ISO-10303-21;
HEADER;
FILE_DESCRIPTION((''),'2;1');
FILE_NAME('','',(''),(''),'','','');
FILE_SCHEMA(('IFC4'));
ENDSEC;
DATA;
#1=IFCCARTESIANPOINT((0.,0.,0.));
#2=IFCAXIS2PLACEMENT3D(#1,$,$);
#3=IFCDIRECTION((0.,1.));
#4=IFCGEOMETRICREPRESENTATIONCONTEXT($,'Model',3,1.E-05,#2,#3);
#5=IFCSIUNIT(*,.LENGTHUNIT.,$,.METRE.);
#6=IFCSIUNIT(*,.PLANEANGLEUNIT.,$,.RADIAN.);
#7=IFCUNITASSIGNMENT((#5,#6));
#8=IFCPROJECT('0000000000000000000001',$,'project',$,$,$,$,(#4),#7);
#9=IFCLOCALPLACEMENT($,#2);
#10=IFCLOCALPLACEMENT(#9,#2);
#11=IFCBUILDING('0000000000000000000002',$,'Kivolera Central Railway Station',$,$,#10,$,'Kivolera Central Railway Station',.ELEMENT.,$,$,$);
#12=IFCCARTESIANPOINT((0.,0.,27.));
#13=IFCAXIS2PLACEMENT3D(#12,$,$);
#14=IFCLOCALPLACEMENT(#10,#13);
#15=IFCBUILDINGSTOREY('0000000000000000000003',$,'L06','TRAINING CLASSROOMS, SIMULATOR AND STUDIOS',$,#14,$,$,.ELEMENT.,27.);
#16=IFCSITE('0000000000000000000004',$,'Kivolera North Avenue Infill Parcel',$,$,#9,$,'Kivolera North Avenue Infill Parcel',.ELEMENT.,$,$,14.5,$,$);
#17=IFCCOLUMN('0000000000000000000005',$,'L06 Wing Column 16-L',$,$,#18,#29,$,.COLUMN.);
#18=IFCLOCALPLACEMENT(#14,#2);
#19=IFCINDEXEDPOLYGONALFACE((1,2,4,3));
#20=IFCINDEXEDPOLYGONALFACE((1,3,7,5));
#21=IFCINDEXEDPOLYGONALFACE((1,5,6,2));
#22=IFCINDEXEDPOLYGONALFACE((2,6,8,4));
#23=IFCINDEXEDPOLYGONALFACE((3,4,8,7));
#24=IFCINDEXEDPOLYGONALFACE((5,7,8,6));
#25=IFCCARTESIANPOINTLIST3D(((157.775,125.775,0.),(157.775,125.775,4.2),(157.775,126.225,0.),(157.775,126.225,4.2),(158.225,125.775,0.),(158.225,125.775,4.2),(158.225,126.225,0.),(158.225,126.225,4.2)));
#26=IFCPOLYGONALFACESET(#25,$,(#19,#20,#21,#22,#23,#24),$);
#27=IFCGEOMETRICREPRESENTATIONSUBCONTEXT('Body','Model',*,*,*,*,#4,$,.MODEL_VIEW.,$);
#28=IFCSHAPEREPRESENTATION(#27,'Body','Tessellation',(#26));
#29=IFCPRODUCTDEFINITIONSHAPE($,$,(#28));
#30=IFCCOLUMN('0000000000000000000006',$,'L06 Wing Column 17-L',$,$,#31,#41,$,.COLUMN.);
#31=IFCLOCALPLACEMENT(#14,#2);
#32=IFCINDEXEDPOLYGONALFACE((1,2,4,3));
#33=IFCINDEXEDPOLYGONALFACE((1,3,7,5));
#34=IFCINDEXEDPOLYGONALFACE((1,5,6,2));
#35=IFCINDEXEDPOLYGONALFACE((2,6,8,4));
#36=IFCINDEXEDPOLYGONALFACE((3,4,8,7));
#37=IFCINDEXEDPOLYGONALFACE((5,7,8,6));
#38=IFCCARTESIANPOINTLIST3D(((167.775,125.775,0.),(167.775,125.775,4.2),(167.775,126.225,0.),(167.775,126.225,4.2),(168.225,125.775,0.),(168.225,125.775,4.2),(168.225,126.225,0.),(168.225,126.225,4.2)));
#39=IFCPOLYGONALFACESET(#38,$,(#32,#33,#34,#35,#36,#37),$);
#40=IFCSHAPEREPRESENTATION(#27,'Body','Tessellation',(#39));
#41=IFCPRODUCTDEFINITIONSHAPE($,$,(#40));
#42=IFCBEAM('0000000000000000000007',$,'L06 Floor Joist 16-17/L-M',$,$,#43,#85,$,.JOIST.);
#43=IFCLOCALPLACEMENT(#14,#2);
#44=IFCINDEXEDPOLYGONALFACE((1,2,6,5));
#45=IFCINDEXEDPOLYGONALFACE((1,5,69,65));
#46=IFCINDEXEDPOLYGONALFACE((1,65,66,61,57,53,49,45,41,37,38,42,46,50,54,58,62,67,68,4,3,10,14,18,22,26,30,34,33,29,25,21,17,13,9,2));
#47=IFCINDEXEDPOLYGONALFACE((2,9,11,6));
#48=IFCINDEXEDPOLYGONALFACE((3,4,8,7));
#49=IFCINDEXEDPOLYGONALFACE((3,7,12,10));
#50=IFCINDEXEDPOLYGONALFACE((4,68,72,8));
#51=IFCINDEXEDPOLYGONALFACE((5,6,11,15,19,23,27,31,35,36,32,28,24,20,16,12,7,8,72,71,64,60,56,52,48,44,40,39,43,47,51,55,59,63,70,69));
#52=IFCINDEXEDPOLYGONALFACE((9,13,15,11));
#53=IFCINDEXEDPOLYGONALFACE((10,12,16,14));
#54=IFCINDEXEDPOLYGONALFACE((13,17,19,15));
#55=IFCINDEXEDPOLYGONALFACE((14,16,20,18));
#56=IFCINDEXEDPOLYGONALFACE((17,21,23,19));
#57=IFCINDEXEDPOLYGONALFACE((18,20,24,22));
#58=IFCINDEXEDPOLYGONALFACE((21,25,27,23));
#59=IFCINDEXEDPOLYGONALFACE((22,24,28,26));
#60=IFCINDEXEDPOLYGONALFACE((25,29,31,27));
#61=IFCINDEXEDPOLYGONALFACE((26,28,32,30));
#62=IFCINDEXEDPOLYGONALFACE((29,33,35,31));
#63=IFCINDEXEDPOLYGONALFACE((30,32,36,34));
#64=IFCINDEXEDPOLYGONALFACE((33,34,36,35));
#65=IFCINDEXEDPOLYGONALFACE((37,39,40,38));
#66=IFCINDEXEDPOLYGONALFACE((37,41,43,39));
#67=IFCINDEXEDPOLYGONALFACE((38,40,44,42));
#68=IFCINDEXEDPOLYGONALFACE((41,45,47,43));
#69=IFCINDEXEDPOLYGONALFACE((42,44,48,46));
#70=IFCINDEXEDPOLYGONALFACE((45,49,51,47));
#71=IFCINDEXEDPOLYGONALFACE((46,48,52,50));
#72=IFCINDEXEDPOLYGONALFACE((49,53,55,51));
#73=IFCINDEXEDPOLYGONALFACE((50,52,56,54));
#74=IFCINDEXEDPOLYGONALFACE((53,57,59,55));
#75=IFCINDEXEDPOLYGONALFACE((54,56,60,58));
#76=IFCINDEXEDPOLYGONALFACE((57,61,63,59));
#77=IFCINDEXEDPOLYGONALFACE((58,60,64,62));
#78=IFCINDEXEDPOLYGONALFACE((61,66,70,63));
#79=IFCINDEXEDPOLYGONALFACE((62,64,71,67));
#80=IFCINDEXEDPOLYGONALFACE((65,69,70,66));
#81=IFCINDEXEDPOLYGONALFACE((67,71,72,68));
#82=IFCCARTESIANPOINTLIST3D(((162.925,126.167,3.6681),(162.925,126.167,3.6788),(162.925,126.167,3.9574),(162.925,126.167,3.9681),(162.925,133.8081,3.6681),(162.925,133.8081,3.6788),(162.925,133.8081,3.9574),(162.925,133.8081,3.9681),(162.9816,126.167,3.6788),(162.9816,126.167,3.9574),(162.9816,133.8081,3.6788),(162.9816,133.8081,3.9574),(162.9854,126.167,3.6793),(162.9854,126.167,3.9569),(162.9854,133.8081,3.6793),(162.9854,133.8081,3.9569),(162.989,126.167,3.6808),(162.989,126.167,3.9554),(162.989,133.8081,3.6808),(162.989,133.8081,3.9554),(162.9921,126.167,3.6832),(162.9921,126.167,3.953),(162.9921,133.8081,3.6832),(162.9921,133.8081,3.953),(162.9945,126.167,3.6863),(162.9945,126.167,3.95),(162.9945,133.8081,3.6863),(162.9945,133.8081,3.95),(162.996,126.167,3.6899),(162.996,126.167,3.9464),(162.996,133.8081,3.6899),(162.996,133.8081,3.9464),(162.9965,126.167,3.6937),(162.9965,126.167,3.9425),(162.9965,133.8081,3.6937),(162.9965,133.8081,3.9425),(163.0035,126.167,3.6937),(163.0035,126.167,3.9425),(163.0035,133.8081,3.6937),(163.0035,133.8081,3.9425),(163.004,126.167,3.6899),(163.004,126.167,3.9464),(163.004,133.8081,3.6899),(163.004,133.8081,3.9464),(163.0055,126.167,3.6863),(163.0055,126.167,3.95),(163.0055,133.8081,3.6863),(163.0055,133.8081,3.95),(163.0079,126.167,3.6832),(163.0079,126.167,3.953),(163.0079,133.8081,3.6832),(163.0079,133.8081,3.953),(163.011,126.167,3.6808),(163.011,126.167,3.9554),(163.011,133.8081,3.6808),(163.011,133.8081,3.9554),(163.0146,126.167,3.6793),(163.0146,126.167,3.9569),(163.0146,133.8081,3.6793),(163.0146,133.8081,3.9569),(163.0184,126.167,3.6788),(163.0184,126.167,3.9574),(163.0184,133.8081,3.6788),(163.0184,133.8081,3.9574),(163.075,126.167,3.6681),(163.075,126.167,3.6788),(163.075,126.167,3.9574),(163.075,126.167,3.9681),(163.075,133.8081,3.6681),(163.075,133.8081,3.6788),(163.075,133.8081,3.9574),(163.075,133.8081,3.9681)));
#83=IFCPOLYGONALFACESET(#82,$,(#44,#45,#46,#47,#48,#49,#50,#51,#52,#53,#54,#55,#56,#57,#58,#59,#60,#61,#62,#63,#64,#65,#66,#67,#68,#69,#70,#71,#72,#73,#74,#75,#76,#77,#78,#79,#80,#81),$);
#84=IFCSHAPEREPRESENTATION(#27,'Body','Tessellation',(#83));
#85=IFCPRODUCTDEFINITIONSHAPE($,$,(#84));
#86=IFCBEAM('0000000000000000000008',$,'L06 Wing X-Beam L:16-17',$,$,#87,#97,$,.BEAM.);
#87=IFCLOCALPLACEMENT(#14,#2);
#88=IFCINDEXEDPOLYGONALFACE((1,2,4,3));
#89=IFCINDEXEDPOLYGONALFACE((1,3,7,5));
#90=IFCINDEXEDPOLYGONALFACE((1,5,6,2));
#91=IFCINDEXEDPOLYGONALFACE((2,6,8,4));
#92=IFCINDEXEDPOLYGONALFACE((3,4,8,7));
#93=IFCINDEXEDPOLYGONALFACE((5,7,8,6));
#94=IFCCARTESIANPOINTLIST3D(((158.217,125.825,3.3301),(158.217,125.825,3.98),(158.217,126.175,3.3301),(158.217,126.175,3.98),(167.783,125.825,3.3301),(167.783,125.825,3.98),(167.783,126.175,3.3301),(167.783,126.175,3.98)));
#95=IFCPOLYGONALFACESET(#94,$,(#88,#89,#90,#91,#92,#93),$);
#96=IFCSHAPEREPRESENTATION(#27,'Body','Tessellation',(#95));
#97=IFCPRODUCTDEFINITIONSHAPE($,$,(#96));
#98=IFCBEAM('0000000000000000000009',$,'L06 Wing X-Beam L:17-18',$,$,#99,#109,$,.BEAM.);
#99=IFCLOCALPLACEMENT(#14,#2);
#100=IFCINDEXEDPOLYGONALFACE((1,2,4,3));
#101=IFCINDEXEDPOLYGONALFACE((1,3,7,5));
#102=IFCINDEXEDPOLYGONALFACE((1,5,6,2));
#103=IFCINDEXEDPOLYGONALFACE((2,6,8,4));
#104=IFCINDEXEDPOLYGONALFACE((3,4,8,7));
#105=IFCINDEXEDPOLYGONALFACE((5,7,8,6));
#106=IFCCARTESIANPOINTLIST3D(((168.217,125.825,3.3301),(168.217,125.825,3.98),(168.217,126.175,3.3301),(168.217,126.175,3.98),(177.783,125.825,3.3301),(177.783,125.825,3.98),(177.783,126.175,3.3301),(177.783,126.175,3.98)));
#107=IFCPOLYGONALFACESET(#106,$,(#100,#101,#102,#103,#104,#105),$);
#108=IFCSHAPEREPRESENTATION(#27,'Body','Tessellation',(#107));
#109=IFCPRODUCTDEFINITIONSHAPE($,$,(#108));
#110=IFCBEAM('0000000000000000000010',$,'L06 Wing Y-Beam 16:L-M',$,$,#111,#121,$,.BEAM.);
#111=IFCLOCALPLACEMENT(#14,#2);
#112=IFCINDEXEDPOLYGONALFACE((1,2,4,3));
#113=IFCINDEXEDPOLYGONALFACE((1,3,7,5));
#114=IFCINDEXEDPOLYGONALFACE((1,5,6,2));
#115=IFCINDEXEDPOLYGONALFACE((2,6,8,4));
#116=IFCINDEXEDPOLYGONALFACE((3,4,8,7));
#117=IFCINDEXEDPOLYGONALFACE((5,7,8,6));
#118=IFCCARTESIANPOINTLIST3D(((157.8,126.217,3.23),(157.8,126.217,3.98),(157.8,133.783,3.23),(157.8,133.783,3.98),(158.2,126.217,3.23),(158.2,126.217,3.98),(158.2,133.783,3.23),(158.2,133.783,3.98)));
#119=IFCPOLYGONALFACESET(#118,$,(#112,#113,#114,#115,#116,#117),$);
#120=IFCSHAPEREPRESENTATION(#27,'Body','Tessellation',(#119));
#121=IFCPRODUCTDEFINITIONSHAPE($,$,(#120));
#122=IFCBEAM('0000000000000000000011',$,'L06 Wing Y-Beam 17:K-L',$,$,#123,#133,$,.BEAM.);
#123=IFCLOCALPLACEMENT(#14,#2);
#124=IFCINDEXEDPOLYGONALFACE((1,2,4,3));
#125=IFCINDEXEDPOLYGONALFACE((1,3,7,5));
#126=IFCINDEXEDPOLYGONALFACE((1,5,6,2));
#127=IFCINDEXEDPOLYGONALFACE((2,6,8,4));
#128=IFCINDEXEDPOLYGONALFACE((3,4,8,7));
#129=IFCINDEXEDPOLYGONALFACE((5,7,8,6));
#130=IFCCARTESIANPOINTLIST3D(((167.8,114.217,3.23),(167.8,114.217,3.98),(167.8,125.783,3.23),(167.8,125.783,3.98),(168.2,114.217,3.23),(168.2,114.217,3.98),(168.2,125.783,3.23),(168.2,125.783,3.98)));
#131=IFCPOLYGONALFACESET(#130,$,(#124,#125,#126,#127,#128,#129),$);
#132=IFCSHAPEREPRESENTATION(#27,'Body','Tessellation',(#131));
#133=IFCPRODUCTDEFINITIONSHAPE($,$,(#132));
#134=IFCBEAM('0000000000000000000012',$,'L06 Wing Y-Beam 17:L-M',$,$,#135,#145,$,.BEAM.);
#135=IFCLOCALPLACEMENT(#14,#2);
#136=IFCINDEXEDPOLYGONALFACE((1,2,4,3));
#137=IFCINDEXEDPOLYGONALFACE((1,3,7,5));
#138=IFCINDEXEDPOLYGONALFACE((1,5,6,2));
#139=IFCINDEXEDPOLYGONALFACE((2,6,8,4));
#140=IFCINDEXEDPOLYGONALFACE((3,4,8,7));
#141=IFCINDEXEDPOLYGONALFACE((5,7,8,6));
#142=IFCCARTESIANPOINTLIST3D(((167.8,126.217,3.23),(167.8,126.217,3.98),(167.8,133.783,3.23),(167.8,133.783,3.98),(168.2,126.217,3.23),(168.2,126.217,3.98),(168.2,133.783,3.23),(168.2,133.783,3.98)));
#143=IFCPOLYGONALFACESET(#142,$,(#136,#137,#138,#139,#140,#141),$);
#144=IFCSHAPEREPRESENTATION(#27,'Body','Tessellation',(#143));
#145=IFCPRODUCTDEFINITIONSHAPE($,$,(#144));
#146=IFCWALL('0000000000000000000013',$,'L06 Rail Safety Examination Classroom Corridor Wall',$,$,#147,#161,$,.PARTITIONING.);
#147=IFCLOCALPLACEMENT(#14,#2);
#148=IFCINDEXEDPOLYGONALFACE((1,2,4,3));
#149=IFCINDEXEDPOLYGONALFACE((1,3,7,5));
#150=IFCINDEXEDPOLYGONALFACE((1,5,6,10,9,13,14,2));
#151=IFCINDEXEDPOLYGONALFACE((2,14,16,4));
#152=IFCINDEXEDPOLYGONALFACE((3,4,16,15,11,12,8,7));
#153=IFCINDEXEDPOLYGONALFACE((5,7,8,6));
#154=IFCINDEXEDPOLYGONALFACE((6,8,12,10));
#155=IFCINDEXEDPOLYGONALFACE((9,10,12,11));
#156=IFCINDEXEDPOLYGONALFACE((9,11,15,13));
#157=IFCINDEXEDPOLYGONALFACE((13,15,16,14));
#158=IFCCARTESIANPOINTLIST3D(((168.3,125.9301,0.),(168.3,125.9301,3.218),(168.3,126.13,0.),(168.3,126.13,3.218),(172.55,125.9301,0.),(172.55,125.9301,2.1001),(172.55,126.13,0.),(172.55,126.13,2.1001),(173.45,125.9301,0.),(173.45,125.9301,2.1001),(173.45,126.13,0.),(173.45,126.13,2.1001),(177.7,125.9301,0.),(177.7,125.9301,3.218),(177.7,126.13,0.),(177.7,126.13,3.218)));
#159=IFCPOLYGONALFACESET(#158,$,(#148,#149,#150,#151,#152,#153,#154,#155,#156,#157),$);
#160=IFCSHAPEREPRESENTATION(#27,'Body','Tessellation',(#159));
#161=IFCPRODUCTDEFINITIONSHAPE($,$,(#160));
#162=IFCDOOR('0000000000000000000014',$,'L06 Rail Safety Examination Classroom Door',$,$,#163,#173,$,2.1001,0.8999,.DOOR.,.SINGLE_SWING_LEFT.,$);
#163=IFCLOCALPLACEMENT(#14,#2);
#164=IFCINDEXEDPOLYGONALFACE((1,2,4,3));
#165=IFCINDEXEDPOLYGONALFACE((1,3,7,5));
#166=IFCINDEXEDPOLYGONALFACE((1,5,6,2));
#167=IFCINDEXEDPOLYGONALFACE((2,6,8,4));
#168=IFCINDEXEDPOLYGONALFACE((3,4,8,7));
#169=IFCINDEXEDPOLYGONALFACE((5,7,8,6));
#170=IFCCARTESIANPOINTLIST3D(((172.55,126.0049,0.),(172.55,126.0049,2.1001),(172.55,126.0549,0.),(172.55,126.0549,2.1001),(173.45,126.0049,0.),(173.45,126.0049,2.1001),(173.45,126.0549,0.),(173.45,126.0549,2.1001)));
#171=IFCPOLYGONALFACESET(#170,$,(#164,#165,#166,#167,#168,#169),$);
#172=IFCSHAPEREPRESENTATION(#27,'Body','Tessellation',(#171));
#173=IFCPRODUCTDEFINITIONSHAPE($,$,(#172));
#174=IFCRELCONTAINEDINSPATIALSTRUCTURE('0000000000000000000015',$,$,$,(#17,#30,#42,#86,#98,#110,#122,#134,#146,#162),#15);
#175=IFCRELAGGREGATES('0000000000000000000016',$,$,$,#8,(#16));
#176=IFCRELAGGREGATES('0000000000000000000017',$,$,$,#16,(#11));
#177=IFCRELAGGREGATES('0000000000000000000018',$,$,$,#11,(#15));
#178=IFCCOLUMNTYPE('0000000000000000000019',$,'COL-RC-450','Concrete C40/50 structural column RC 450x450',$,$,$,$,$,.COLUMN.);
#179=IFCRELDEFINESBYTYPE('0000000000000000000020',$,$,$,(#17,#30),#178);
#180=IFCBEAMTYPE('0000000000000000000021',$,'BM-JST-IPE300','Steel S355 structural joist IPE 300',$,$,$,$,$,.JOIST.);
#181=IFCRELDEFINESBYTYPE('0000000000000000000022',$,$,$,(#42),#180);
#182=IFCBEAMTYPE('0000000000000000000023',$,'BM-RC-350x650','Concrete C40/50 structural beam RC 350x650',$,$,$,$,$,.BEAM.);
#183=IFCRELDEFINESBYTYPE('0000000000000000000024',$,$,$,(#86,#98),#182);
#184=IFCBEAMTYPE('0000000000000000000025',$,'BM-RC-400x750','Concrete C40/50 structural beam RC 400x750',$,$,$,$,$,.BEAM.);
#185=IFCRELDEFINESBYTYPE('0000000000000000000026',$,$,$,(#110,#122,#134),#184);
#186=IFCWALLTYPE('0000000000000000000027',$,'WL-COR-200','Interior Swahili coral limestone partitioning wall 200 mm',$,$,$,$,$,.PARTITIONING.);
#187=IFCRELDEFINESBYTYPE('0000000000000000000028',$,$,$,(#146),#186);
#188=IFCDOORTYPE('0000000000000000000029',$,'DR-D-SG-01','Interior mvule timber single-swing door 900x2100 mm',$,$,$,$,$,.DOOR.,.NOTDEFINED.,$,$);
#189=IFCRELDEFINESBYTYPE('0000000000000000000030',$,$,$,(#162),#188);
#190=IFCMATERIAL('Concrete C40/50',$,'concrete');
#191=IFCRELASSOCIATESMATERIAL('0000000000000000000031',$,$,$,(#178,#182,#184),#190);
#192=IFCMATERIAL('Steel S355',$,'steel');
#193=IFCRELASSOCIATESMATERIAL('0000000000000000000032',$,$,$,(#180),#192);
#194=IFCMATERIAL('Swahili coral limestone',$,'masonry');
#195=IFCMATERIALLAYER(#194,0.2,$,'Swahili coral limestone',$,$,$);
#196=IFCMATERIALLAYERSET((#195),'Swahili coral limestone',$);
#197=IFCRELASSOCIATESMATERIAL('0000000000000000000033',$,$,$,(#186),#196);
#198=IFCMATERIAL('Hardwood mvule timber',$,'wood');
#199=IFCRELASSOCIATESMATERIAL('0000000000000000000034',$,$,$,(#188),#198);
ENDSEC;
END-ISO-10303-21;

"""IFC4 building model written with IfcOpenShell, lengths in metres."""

from ifc_helpers import new_model, si_unit, direction, frame, frame_2d, origin, origin_2d, place, context, subcontext, project, spatial, rectangle, i_section, extrude, material, layer, layer_set, material_profile, profile_set, type_object, element, fill, save


model = new_model("IFC4")

# Units and contexts
model_context = context("Model", 3, precision=1e-05, world=origin(), true_north=direction((0.0, 1.0)))
body_context = subcontext(model_context, "Body", "Model", "MODEL_VIEW")
ifc_project = project(units=[si_unit("LENGTHUNIT", "METRE"), si_unit("PLANEANGLEUNIT", "RADIAN")], contexts=[model_context])

# Site, building, storey
site_placement = place(None, origin())
site = spatial("IfcSite", under=ifc_project, at=site_placement, Name="Kivolera North Avenue Infill Parcel", LongName="Kivolera North Avenue Infill Parcel", CompositionType="ELEMENT", RefElevation=14.5)
building_placement = place(site_placement, origin())
building = spatial("IfcBuilding", under=site, at=building_placement, Name="Kivolera Central Railway Station", LongName="Kivolera Central Railway Station", CompositionType="ELEMENT")
storey_placement = place(building_placement, frame((0.0, 0.0, 27.0)))
storey = spatial("IfcBuildingStorey", under=building, at=storey_placement, Name="L06", Description="TRAINING CLASSROOMS, SIMULATOR AND STUDIOS", CompositionType="ELEMENT", Elevation=27.0)

# Columns
ifc_material_1 = material(Name="Concrete C40/50", Category="concrete")
ifc_material_profile_1 = material_profile(ifc_material_1, rectangle(XDim=0.45, YDim=0.45, at=origin_2d()), Name="RC 450x450")
ifc_profile_set_1 = profile_set([ifc_material_profile_1], Name="Concrete C40/50")
column_type = type_object("IfcColumnType", Name="COL-RC-450", Description="Concrete C40/50 structural column RC 450x450", PredefinedType="COLUMN", material=ifc_profile_set_1)
for number, where, z_axis, x_axis, name in (
    (1, (158.0, 126.0, 0.0), (0.0, 0.0, 1.0), (1.0, 0.0, 0.0), "L06 Wing Column 16-L"),
    (2, (168.0, 126.0, 0.0), (0.0, 0.0, 1.0), (1.0, 0.0, 0.0), "L06 Wing Column 17-L"),
):
    element("IfcColumn", number, at=place(storey_placement, frame(where, z_axis=z_axis, x_axis=x_axis)), inside=storey, type_object=column_type, Name=name, PredefinedType="COLUMN", context=body_context, shape_type="SweptSolid", body=[
        extrude(rectangle(XDim=0.45, YDim=0.45, at=origin_2d()), origin(), (0.0, 0.0, 1.0), 4.2),
    ])

# Beams
ifc_material_2 = material(Name="Steel S355", Category="steel")
ifc_material_profile_2 = material_profile(ifc_material_2, i_section(OverallWidth=0.1499, OverallDepth=0.3, WebThickness=0.0071, FlangeThickness=0.0107, FilletRadius=0.0149, at=origin_2d()), Name="IPE 300")
ifc_profile_set_2 = profile_set([ifc_material_profile_2], Name="Steel S355")
beam_type_1 = type_object("IfcBeamType", Name="BM-JST-IPE300", Description="Steel S355 structural joist IPE 300", PredefinedType="JOIST", material=ifc_profile_set_2)
beam_1_placement = place(storey_placement, frame((163.0, 126.167, 3.8181), z_axis=(0.0, 1.0, 0.0), x_axis=(-1.0, 0.0, 0.0)))
element("IfcBeam", 3, at=beam_1_placement, inside=storey, type_object=beam_type_1, Name="L06 Floor Joist 16-17/L-M", PredefinedType="JOIST", context=body_context, shape_type="SweptSolid", body=[
    extrude(i_section(OverallWidth=0.1499, OverallDepth=0.3, WebThickness=0.0071, FlangeThickness=0.0107, FilletRadius=0.0149, at=origin_2d()), origin(), (0.0, 0.0, 1.0), 7.6411),
])
ifc_material_profile_3 = material_profile(ifc_material_1, rectangle(XDim=0.3501, YDim=0.6499, at=origin_2d()), Name="RC 350x650")
ifc_profile_set_3 = profile_set([ifc_material_profile_3], Name="Concrete C40/50")
beam_type_2 = type_object("IfcBeamType", Name="BM-RC-350x650", Description="Concrete C40/50 structural beam RC 350x650", PredefinedType="BEAM", material=ifc_profile_set_3)
for number, where, z_axis, x_axis, name in (
    (4, (158.217, 126.0, 3.655), (1.0, 0.0, 0.0), (0.0, 1.0, 0.0), "L06 Wing X-Beam L:16-17"),
    (5, (168.217, 126.0, 3.655), (1.0, 0.0, 0.0), (0.0, 1.0, 0.0), "L06 Wing X-Beam L:17-18"),
):
    element("IfcBeam", number, at=place(storey_placement, frame(where, z_axis=z_axis, x_axis=x_axis)), inside=storey, type_object=beam_type_2, Name=name, PredefinedType="BEAM", context=body_context, shape_type="SweptSolid", body=[
        extrude(rectangle(XDim=0.3501, YDim=0.6499, at=origin_2d()), origin(), (0.0, 0.0, 1.0), 9.5659),
    ])
ifc_material_profile_4 = material_profile(ifc_material_1, rectangle(XDim=0.3999, YDim=0.75, at=origin_2d()), Name="RC 400x750")
ifc_profile_set_4 = profile_set([ifc_material_profile_4], Name="Concrete C40/50")
beam_type_3 = type_object("IfcBeamType", Name="BM-RC-400x750", Description="Concrete C40/50 structural beam RC 400x750", PredefinedType="BEAM", material=ifc_profile_set_4)
beam_2_placement = place(storey_placement, frame((158.0, 126.217, 3.605), z_axis=(0.0, 1.0, 0.0), x_axis=(-1.0, 0.0, 0.0)))
element("IfcBeam", 6, at=beam_2_placement, inside=storey, type_object=beam_type_3, Name="L06 Wing Y-Beam 16:L-M", PredefinedType="BEAM", context=body_context, shape_type="SweptSolid", body=[
    extrude(rectangle(XDim=0.3999, YDim=0.75, at=origin_2d()), origin(), (0.0, 0.0, 1.0), 7.5659),
])
beam_3_placement = place(storey_placement, frame((168.0, 114.217, 3.605), z_axis=(0.0, 1.0, 0.0), x_axis=(-1.0, 0.0, 0.0)))
element("IfcBeam", 7, at=beam_3_placement, inside=storey, type_object=beam_type_3, Name="L06 Wing Y-Beam 17:K-L", PredefinedType="BEAM", context=body_context, shape_type="SweptSolid", body=[
    extrude(rectangle(XDim=0.3999, YDim=0.75, at=origin_2d()), origin(), (0.0, 0.0, 1.0), 11.5659),
])
beam_4_placement = place(storey_placement, frame((168.0, 126.217, 3.605), z_axis=(0.0, 1.0, 0.0), x_axis=(-1.0, 0.0, 0.0)))
element("IfcBeam", 8, at=beam_4_placement, inside=storey, type_object=beam_type_3, Name="L06 Wing Y-Beam 17:L-M", PredefinedType="BEAM", context=body_context, shape_type="SweptSolid", body=[
    extrude(rectangle(XDim=0.3999, YDim=0.75, at=origin_2d()), origin(), (0.0, 0.0, 1.0), 7.5659),
])

# Wall, opening, door
ifc_material_3 = material(Name="Swahili coral limestone", Category="masonry")
ifc_layer_1 = layer(ifc_material_3, 0.2, Name="Swahili coral limestone")
ifc_layer_set_1 = layer_set([ifc_layer_1], Name="Swahili coral limestone")
wall_type_1 = type_object("IfcWallType", Name="WL-COR-200", Description="Interior Swahili coral limestone partitioning wall 200 mm", PredefinedType="PARTITIONING", material=ifc_layer_set_1)
wall_1_placement = place(storey_placement, frame((168.3, 126.03, 0.0), z_axis=(0.0, 0.0, 1.0), x_axis=(1.0, 0.0, 0.0)))
wall_1 = element("IfcWall", 9, at=wall_1_placement, inside=storey, type_object=wall_type_1, Name="L06 Rail Safety Examination Classroom Corridor Wall", PredefinedType="PARTITIONING", context=body_context, shape_type="SweptSolid", body=[
    extrude(rectangle(XDim=9.3999, YDim=0.2, at=frame_2d((4.7, 0.0))), origin(), (0.0, 0.0, 1.0), 3.218),
])
opening_1_placement = place(wall_1_placement, frame((4.25, 0.0, 0.0)))
opening_1 = element("IfcOpeningElement", 10, at=opening_1_placement, cuts=wall_1, PredefinedType="OPENING", context=body_context, shape_type="SweptSolid", body=[
    extrude(rectangle(XDim=0.8999, YDim=2.1001, at=frame_2d((0.45, 1.05))), frame((0.0, 0.1099, 0.0), z_axis=(0.0, -1.0, 0.0), x_axis=(1.0, 0.0, 0.0)), (0.0, 0.0, 1.0), 0.22),
])
ifc_material_4 = material(Name="Hardwood mvule timber", Category="wood")
door_type_1 = type_object("IfcDoorType", Name="DR-D-SG-01", Description="Interior mvule timber single-swing door 900x2100 mm", OperationType="NOTDEFINED", PredefinedType="DOOR", material=ifc_material_4)
door_1_placement = place(opening_1_placement, origin())
door_1 = element("IfcDoor", 11, at=door_1_placement, inside=storey, type_object=door_type_1, Name="L06 Rail Safety Examination Classroom Door", OperationType="SINGLE_SWING_LEFT", OverallHeight=2.1001, OverallWidth=0.8999, PredefinedType="DOOR", context=body_context, shape_type="SweptSolid", body=[
    extrude(rectangle(XDim=0.8999, YDim=2.1001, at=frame_2d((0.45, 1.05))), frame((0.0, 0.0249, 0.0), z_axis=(0.0, -1.0, 0.0), x_axis=(1.0, 0.0, 0.0)), (0.0, 0.0, 1.0), 0.05),
])
fill(opening_1, door_1)

save(model, "model.ifc")
